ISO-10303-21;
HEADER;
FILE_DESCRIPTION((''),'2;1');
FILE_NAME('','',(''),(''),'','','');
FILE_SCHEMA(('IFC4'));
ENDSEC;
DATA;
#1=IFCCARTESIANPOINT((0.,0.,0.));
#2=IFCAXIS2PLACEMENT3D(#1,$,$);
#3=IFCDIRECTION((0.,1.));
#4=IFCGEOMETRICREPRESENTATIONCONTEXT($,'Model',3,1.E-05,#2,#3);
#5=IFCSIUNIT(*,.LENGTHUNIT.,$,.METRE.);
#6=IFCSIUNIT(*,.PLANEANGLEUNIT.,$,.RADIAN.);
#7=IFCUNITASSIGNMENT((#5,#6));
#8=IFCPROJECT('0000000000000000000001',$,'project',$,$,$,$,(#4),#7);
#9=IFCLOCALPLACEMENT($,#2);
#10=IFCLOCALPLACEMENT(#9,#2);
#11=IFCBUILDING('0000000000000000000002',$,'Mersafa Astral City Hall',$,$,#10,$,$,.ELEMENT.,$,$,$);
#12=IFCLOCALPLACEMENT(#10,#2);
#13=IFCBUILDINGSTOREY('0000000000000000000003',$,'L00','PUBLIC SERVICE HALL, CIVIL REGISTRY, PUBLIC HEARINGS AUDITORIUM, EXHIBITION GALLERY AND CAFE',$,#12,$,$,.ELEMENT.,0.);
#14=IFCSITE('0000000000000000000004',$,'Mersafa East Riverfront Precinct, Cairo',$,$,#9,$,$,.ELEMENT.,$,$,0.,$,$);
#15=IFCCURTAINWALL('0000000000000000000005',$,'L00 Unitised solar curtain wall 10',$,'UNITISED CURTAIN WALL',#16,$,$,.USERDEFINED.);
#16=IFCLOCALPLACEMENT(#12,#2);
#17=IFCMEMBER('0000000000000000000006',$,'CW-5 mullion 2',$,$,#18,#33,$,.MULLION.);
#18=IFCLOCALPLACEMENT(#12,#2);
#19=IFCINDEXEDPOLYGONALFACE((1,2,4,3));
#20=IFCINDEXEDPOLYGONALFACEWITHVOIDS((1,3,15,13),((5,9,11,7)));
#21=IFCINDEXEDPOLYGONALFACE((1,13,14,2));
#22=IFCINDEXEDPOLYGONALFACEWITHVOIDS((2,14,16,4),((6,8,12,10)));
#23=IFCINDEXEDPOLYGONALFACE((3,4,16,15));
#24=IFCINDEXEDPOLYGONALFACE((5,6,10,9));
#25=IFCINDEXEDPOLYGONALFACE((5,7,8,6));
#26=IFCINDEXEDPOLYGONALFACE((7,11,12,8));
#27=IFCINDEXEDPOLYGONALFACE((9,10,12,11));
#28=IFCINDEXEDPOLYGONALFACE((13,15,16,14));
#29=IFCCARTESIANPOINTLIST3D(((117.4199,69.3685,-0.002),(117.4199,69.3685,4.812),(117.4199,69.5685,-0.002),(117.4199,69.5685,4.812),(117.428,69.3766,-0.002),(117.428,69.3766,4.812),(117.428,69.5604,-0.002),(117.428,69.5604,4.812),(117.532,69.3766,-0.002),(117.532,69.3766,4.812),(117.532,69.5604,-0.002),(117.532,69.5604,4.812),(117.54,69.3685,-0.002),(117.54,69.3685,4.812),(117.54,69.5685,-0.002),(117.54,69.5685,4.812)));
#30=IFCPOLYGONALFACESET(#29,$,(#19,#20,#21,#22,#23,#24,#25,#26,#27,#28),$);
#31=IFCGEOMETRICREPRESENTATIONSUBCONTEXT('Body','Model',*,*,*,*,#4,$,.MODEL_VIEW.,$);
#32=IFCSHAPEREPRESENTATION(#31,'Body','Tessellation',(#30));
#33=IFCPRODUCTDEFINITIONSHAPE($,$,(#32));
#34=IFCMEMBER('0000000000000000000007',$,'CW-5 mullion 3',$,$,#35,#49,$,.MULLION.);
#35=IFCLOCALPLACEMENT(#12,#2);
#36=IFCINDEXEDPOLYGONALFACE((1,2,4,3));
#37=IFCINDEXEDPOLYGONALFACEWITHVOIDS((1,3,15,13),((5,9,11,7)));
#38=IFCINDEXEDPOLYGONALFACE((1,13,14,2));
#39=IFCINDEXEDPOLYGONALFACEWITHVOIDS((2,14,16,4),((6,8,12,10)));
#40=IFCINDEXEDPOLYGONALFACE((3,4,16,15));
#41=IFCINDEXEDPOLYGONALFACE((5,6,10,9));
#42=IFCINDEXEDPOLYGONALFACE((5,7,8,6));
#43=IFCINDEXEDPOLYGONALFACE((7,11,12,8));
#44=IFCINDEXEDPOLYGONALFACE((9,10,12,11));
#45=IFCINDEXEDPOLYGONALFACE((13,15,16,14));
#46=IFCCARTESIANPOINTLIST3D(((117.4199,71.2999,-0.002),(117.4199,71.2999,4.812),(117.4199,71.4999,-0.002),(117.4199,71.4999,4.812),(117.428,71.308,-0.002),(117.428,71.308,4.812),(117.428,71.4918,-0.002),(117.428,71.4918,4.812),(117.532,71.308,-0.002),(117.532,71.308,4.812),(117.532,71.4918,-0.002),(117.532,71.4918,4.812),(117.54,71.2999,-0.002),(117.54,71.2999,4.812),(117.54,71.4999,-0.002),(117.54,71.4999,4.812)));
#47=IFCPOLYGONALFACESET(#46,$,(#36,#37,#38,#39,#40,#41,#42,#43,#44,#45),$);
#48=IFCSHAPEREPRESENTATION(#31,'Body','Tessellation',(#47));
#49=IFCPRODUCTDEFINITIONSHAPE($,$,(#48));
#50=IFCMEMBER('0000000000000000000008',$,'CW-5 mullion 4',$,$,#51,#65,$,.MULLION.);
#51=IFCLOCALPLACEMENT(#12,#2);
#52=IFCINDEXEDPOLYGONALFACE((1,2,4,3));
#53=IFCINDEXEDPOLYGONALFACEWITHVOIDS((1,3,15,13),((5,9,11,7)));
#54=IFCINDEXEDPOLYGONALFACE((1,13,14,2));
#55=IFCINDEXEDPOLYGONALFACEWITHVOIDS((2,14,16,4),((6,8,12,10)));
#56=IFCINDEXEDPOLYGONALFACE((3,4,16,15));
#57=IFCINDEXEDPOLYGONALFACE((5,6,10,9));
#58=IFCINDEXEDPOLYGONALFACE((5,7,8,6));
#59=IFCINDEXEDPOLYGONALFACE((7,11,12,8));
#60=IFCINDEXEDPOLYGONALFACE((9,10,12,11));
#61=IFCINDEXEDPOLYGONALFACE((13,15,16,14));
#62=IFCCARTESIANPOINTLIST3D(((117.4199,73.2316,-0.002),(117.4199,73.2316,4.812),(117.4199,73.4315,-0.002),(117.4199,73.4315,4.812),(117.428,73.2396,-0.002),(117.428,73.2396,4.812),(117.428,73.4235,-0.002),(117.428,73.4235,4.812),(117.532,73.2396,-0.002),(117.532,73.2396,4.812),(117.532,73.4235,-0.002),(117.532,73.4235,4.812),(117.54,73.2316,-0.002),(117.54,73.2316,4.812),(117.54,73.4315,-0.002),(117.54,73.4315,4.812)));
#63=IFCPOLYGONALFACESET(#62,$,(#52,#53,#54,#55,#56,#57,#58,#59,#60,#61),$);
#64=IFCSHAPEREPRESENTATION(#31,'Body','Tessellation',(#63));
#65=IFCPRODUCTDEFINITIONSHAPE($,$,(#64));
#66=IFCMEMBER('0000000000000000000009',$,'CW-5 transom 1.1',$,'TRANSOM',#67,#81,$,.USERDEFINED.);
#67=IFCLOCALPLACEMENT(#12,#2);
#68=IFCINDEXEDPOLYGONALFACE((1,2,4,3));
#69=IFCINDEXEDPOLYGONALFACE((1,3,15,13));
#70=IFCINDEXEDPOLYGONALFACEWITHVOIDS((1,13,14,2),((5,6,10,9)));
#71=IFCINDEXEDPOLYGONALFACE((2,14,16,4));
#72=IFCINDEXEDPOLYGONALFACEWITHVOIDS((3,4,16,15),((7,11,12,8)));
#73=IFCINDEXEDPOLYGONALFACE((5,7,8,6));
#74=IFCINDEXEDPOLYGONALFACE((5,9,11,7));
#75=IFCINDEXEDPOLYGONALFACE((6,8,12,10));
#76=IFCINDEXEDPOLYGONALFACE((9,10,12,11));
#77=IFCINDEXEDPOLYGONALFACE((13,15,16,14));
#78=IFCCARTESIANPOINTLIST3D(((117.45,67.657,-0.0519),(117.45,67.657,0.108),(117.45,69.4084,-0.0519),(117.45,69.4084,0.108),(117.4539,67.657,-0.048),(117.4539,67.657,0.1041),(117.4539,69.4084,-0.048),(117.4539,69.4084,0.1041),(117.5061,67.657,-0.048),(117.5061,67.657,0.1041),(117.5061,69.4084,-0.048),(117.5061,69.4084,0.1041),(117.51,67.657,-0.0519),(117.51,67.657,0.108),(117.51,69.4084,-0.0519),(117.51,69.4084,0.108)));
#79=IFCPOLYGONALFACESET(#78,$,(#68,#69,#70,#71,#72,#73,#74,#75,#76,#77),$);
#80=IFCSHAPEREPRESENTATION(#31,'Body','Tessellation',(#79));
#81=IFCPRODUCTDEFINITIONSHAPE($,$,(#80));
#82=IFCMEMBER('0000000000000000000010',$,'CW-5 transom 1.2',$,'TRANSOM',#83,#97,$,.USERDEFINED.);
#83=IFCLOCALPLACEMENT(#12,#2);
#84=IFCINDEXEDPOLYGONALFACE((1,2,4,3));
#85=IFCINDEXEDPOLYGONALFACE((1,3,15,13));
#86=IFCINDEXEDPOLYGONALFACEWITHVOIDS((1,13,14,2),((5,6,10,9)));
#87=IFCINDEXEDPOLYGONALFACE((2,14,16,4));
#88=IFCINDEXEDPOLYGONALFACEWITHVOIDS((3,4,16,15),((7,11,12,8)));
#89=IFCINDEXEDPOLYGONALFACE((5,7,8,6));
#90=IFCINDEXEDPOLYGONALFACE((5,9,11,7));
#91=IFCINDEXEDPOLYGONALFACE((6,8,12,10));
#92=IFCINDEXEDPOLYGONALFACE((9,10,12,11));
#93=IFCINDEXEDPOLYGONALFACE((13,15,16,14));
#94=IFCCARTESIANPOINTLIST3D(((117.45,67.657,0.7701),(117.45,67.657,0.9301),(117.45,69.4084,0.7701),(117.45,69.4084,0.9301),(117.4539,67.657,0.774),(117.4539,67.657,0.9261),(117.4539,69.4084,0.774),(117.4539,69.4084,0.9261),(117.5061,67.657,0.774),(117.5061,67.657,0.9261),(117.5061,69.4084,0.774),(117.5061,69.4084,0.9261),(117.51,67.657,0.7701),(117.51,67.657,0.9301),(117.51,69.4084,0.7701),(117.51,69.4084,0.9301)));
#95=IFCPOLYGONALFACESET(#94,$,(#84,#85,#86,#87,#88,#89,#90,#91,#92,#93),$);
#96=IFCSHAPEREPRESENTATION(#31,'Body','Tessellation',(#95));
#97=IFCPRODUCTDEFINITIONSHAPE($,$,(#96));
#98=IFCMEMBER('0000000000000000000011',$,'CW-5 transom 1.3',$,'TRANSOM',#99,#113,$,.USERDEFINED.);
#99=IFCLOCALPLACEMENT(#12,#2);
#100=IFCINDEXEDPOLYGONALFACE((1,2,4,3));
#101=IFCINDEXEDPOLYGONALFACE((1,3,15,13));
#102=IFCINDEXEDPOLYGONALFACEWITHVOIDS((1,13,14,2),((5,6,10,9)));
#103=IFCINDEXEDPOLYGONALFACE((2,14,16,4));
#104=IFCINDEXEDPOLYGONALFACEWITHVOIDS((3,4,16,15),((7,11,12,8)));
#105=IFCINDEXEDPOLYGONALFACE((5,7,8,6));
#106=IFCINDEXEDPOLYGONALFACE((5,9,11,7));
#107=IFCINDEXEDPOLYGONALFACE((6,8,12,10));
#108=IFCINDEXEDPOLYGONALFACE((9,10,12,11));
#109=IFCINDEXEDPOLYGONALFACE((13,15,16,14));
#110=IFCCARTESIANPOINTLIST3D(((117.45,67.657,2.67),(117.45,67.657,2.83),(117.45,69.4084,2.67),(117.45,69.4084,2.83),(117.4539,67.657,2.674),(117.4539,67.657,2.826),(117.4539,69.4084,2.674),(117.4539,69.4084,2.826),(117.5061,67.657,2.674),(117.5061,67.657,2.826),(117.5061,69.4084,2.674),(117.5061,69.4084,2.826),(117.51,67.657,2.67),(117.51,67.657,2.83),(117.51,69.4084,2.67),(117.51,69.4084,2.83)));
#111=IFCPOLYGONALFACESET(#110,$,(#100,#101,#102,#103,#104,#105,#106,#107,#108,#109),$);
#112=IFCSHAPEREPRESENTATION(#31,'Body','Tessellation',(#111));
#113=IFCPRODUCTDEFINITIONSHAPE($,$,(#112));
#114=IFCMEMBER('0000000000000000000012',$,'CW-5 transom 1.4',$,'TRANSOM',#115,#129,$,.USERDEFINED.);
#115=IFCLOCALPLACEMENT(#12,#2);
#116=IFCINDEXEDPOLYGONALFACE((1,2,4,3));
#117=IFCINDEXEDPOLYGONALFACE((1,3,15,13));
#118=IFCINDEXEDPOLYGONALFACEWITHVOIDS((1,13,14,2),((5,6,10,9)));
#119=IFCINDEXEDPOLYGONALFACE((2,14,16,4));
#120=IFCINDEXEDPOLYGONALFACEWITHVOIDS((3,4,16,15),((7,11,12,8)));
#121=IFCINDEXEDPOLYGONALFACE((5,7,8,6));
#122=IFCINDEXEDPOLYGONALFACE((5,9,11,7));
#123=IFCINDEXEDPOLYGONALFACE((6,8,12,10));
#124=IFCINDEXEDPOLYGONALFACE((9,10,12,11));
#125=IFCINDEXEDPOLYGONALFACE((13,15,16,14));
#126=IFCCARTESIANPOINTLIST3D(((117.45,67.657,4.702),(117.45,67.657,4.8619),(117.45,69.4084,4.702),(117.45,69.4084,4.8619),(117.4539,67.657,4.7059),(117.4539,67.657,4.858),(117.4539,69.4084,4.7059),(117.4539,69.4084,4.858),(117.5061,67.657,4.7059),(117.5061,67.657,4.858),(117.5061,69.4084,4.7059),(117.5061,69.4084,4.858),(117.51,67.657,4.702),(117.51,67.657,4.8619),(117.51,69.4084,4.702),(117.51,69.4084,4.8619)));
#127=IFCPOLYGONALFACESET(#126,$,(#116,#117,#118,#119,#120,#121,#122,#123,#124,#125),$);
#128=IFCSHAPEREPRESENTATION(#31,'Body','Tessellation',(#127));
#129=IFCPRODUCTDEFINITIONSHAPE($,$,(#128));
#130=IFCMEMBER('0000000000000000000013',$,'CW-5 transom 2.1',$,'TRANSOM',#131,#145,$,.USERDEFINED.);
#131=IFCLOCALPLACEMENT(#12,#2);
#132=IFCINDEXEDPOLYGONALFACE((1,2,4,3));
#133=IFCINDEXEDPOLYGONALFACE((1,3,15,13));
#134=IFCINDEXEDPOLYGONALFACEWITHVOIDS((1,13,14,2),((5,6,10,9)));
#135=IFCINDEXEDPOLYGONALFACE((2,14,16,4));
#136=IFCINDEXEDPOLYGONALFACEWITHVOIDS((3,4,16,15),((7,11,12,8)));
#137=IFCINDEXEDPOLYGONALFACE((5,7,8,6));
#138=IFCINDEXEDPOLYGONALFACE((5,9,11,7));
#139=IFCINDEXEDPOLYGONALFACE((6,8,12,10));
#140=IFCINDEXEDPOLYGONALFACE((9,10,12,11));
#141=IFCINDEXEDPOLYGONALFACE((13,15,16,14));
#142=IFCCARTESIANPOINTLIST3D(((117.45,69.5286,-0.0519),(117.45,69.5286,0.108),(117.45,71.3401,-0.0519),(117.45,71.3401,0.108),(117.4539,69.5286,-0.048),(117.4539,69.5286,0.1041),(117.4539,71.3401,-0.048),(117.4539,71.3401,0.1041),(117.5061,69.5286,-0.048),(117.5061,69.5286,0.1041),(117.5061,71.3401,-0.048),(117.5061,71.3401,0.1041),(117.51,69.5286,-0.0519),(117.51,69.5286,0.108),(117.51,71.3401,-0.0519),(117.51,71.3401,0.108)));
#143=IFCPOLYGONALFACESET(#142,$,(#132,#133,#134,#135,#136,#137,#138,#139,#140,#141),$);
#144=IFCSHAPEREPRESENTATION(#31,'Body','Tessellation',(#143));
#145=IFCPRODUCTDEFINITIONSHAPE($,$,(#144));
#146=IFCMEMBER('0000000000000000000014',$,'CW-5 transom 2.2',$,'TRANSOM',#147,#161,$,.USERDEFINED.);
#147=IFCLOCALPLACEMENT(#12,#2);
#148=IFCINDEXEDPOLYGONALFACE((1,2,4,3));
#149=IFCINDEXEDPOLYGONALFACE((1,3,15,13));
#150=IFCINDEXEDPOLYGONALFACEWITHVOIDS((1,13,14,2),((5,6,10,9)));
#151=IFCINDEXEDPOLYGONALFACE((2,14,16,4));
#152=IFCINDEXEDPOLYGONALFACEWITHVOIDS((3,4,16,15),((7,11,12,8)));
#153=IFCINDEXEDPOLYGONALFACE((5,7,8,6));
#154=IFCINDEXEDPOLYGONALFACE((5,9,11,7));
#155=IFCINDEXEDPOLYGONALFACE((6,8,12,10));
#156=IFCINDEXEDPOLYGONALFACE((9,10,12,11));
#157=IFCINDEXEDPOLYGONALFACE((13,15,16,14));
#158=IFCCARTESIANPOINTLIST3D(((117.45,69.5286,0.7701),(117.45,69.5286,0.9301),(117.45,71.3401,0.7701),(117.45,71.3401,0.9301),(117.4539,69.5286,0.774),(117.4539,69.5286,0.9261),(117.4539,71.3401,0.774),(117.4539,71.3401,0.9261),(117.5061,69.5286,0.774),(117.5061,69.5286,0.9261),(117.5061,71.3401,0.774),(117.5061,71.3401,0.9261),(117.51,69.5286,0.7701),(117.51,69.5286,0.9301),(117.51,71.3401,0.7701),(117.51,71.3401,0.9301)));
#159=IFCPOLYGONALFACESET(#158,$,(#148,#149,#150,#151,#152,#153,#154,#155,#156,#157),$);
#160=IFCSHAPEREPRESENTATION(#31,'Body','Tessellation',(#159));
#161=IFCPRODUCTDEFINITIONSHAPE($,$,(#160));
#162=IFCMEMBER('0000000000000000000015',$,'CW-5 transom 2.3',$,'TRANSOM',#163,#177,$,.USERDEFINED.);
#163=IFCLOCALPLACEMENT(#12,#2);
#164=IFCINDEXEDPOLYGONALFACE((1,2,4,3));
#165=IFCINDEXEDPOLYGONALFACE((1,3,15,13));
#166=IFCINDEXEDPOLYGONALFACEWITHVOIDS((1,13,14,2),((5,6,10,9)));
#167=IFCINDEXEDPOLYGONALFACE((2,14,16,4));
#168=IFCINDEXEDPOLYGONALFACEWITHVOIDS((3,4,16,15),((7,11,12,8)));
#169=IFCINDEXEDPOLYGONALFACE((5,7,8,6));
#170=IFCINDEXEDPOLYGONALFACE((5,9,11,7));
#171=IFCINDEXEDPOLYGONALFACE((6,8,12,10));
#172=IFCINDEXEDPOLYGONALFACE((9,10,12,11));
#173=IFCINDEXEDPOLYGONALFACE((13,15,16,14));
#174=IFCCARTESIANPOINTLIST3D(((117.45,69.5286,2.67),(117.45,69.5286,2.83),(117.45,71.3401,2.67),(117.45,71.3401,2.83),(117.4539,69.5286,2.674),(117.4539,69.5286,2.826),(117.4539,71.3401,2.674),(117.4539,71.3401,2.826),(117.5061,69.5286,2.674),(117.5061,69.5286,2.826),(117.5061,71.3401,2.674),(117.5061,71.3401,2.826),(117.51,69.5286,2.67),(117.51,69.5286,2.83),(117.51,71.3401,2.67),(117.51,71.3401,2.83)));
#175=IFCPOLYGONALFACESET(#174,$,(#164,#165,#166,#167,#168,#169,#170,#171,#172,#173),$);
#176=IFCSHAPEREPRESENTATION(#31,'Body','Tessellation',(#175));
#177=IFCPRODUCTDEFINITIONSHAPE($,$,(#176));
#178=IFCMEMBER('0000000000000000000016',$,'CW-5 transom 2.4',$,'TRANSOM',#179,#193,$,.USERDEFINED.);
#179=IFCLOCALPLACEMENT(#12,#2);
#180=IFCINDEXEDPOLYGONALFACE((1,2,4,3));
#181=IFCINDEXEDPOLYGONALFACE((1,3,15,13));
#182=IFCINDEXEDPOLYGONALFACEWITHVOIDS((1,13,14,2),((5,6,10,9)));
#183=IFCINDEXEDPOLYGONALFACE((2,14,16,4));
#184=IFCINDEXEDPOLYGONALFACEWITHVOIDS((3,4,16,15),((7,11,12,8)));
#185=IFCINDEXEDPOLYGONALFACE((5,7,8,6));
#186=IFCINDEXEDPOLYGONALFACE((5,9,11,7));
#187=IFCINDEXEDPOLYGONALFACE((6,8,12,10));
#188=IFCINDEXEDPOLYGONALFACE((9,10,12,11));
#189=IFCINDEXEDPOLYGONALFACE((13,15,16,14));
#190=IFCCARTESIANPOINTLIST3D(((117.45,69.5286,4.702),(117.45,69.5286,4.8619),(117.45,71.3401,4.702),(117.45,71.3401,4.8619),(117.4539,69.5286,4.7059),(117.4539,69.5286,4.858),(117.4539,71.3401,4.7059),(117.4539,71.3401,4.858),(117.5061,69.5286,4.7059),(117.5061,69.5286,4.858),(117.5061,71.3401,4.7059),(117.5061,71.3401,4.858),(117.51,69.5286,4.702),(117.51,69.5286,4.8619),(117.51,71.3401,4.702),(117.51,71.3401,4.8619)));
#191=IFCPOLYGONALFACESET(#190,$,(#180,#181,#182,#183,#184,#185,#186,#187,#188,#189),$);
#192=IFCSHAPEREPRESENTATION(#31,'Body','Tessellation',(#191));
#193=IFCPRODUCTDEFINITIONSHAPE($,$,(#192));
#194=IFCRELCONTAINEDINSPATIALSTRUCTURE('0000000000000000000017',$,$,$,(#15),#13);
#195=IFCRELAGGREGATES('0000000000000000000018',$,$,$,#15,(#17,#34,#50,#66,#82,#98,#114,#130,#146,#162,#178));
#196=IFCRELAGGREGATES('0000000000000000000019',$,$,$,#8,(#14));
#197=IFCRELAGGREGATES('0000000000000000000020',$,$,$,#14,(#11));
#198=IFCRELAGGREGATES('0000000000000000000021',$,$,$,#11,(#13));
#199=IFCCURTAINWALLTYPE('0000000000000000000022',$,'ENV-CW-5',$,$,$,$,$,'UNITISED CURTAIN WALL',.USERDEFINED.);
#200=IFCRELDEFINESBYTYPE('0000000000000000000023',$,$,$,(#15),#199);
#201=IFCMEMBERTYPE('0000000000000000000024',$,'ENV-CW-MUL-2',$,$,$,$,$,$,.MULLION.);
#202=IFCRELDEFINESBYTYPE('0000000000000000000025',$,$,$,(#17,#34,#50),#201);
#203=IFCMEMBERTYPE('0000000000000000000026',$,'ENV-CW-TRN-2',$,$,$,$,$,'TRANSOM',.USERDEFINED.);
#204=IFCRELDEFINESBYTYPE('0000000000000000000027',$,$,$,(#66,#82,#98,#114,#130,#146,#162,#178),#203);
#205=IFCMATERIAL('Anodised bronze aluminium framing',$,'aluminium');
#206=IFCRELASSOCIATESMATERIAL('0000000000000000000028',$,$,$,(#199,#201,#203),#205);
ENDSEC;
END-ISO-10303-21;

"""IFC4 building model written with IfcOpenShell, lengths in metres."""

from ifc_helpers import new_model, si_unit, direction, frame, origin, origin_2d, place, context, subcontext, project, spatial, hollow_rectangle, extrude, material, material_profile, profile_set, type_object, element, aggregate, save


model = new_model("IFC4")

# Units and contexts
model_context = context("Model", 3, precision=1e-05, world=origin(), true_north=direction((0.0, 1.0)))
body_context = subcontext(model_context, "Body", "Model", "MODEL_VIEW")
ifc_project = project(units=[si_unit("LENGTHUNIT", "METRE"), si_unit("PLANEANGLEUNIT", "RADIAN")], contexts=[model_context])

# Site, building, storey
site_placement = place(None, origin())
site = spatial("IfcSite", under=ifc_project, at=site_placement, Name="Mersafa East Riverfront Precinct, Cairo", CompositionType="ELEMENT", RefElevation=0.0)
building_placement = place(site_placement, origin())
building = spatial("IfcBuilding", under=site, at=building_placement, Name="Mersafa Astral City Hall", CompositionType="ELEMENT")
storey_placement = place(building_placement, origin())
storey = spatial("IfcBuildingStorey", under=building, at=storey_placement, Name="L00", Description="PUBLIC SERVICE HALL, CIVIL REGISTRY, PUBLIC HEARINGS AUDITORIUM, EXHIBITION GALLERY AND CAFE", CompositionType="ELEMENT", Elevation=0.0)

# Curtain wall, members
ifc_material_1 = material(Name="Anodised bronze aluminium framing", Category="aluminium")
curtain_wall_type = type_object("IfcCurtainWallType", Name="ENV-CW-5", ElementType="UNITISED CURTAIN WALL", PredefinedType="USERDEFINED", material=ifc_material_1)
curtain_wall_placement = place(storey_placement, origin())
curtain_wall = element("IfcCurtainWall", 1, at=curtain_wall_placement, inside=storey, type_object=curtain_wall_type, Name="L00 Unitised solar curtain wall 10", ObjectType="UNITISED CURTAIN WALL", PredefinedType="USERDEFINED")
ifc_material_profile_1 = material_profile(ifc_material_1, hollow_rectangle(XDim=0.1201, YDim=0.2, WallThickness=0.0081, at=origin_2d()), Name="RHS 120x200x8")
ifc_profile_set_1 = profile_set([ifc_material_profile_1], Name="Anodised bronze aluminium framing")
member_type_1 = type_object("IfcMemberType", Name="ENV-CW-MUL-2", PredefinedType="MULLION", material=ifc_profile_set_1)
member_1_placement = place(storey_placement, frame((117.48, 69.4685, -0.002), z_axis=(0.0, 0.0, 1.0), x_axis=(-1.0, 0.0, 0.0)))
member_1 = element("IfcMember", 2, at=member_1_placement, type_object=member_type_1, Name="CW-5 mullion 2", PredefinedType="MULLION", context=body_context, shape_type="SweptSolid", body=[
    extrude(hollow_rectangle(XDim=0.1201, YDim=0.2, WallThickness=0.0081, at=origin_2d()), origin(), (0.0, 0.0, 1.0), 4.814),
])
member_2_placement = place(storey_placement, frame((117.48, 71.3999, -0.002), z_axis=(0.0, 0.0, 1.0), x_axis=(-1.0, 0.0, 0.0)))
member_2 = element("IfcMember", 3, at=member_2_placement, type_object=member_type_1, Name="CW-5 mullion 3", PredefinedType="MULLION", context=body_context, shape_type="SweptSolid", body=[
    extrude(hollow_rectangle(XDim=0.1201, YDim=0.2, WallThickness=0.0081, at=origin_2d()), origin(), (0.0, 0.0, 1.0), 4.814),
])
member_3_placement = place(storey_placement, frame((117.48, 73.3315, -0.002), z_axis=(0.0, 0.0, 1.0), x_axis=(-1.0, 0.0, 0.0)))
member_3 = element("IfcMember", 4, at=member_3_placement, type_object=member_type_1, Name="CW-5 mullion 4", PredefinedType="MULLION", context=body_context, shape_type="SweptSolid", body=[
    extrude(hollow_rectangle(XDim=0.1201, YDim=0.2, WallThickness=0.0081, at=origin_2d()), origin(), (0.0, 0.0, 1.0), 4.814),
])
ifc_material_profile_2 = material_profile(ifc_material_1, hollow_rectangle(XDim=0.0601, YDim=0.1599, WallThickness=0.0039, at=origin_2d()), Name="RHS 60x160x4")
ifc_profile_set_2 = profile_set([ifc_material_profile_2], Name="Anodised bronze aluminium framing")
member_type_2 = type_object("IfcMemberType", Name="ENV-CW-TRN-2", ElementType="TRANSOM", PredefinedType="USERDEFINED", material=ifc_profile_set_2)
member_4_placement = place(storey_placement, frame((117.48, 67.657, 0.0281), z_axis=(0.0, 1.0, 0.0), x_axis=(-1.0, 0.0, 0.0)))
member_4 = element("IfcMember", 5, at=member_4_placement, type_object=member_type_2, Name="CW-5 transom 1.1", ObjectType="TRANSOM", PredefinedType="USERDEFINED", context=body_context, shape_type="SweptSolid", body=[
    extrude(hollow_rectangle(XDim=0.0601, YDim=0.1599, WallThickness=0.0039, at=origin_2d()), origin(), (0.0, 0.0, 1.0), 1.7515),
])
member_5_placement = place(storey_placement, frame((117.48, 67.657, 0.8501), z_axis=(0.0, 1.0, 0.0), x_axis=(-1.0, 0.0, 0.0)))
member_5 = element("IfcMember", 6, at=member_5_placement, type_object=member_type_2, Name="CW-5 transom 1.2", ObjectType="TRANSOM", PredefinedType="USERDEFINED", context=body_context, shape_type="SweptSolid", body=[
    extrude(hollow_rectangle(XDim=0.0601, YDim=0.1599, WallThickness=0.0039, at=origin_2d()), origin(), (0.0, 0.0, 1.0), 1.7515),
])
member_6_placement = place(storey_placement, frame((117.48, 67.657, 2.75), z_axis=(0.0, 1.0, 0.0), x_axis=(-1.0, 0.0, 0.0)))
member_6 = element("IfcMember", 7, at=member_6_placement, type_object=member_type_2, Name="CW-5 transom 1.3", ObjectType="TRANSOM", PredefinedType="USERDEFINED", context=body_context, shape_type="SweptSolid", body=[
    extrude(hollow_rectangle(XDim=0.0601, YDim=0.1599, WallThickness=0.0039, at=origin_2d()), origin(), (0.0, 0.0, 1.0), 1.7515),
])
member_7_placement = place(storey_placement, frame((117.48, 67.657, 4.782), z_axis=(0.0, 1.0, 0.0), x_axis=(-1.0, 0.0, 0.0)))
member_7 = element("IfcMember", 8, at=member_7_placement, type_object=member_type_2, Name="CW-5 transom 1.4", ObjectType="TRANSOM", PredefinedType="USERDEFINED", context=body_context, shape_type="SweptSolid", body=[
    extrude(hollow_rectangle(XDim=0.0601, YDim=0.1599, WallThickness=0.0039, at=origin_2d()), origin(), (0.0, 0.0, 1.0), 1.7515),
])
member_8_placement = place(storey_placement, frame((117.48, 69.5286, 0.0281), z_axis=(0.0, 1.0, 0.0), x_axis=(-1.0, 0.0, 0.0)))
member_8 = element("IfcMember", 9, at=member_8_placement, type_object=member_type_2, Name="CW-5 transom 2.1", ObjectType="TRANSOM", PredefinedType="USERDEFINED", context=body_context, shape_type="SweptSolid", body=[
    extrude(hollow_rectangle(XDim=0.0601, YDim=0.1599, WallThickness=0.0039, at=origin_2d()), origin(), (0.0, 0.0, 1.0), 1.8115),
])
member_9_placement = place(storey_placement, frame((117.48, 69.5286, 0.8501), z_axis=(0.0, 1.0, 0.0), x_axis=(-1.0, 0.0, 0.0)))
member_9 = element("IfcMember", 10, at=member_9_placement, type_object=member_type_2, Name="CW-5 transom 2.2", ObjectType="TRANSOM", PredefinedType="USERDEFINED", context=body_context, shape_type="SweptSolid", body=[
    extrude(hollow_rectangle(XDim=0.0601, YDim=0.1599, WallThickness=0.0039, at=origin_2d()), origin(), (0.0, 0.0, 1.0), 1.8115),
])
member_10_placement = place(storey_placement, frame((117.48, 69.5286, 2.75), z_axis=(0.0, 1.0, 0.0), x_axis=(-1.0, 0.0, 0.0)))
member_10 = element("IfcMember", 11, at=member_10_placement, type_object=member_type_2, Name="CW-5 transom 2.3", ObjectType="TRANSOM", PredefinedType="USERDEFINED", context=body_context, shape_type="SweptSolid", body=[
    extrude(hollow_rectangle(XDim=0.0601, YDim=0.1599, WallThickness=0.0039, at=origin_2d()), origin(), (0.0, 0.0, 1.0), 1.8115),
])
member_11_placement = place(storey_placement, frame((117.48, 69.5286, 4.782), z_axis=(0.0, 1.0, 0.0), x_axis=(-1.0, 0.0, 0.0)))
member_11 = element("IfcMember", 12, at=member_11_placement, type_object=member_type_2, Name="CW-5 transom 2.4", ObjectType="TRANSOM", PredefinedType="USERDEFINED", context=body_context, shape_type="SweptSolid", body=[
    extrude(hollow_rectangle(XDim=0.0601, YDim=0.1599, WallThickness=0.0039, at=origin_2d()), origin(), (0.0, 0.0, 1.0), 1.8115),
])
aggregate(curtain_wall, [member_1, member_2, member_3, member_4, member_5, member_6, member_7, member_8, member_9, member_10, member_11])

save(model, "model.ifc")
